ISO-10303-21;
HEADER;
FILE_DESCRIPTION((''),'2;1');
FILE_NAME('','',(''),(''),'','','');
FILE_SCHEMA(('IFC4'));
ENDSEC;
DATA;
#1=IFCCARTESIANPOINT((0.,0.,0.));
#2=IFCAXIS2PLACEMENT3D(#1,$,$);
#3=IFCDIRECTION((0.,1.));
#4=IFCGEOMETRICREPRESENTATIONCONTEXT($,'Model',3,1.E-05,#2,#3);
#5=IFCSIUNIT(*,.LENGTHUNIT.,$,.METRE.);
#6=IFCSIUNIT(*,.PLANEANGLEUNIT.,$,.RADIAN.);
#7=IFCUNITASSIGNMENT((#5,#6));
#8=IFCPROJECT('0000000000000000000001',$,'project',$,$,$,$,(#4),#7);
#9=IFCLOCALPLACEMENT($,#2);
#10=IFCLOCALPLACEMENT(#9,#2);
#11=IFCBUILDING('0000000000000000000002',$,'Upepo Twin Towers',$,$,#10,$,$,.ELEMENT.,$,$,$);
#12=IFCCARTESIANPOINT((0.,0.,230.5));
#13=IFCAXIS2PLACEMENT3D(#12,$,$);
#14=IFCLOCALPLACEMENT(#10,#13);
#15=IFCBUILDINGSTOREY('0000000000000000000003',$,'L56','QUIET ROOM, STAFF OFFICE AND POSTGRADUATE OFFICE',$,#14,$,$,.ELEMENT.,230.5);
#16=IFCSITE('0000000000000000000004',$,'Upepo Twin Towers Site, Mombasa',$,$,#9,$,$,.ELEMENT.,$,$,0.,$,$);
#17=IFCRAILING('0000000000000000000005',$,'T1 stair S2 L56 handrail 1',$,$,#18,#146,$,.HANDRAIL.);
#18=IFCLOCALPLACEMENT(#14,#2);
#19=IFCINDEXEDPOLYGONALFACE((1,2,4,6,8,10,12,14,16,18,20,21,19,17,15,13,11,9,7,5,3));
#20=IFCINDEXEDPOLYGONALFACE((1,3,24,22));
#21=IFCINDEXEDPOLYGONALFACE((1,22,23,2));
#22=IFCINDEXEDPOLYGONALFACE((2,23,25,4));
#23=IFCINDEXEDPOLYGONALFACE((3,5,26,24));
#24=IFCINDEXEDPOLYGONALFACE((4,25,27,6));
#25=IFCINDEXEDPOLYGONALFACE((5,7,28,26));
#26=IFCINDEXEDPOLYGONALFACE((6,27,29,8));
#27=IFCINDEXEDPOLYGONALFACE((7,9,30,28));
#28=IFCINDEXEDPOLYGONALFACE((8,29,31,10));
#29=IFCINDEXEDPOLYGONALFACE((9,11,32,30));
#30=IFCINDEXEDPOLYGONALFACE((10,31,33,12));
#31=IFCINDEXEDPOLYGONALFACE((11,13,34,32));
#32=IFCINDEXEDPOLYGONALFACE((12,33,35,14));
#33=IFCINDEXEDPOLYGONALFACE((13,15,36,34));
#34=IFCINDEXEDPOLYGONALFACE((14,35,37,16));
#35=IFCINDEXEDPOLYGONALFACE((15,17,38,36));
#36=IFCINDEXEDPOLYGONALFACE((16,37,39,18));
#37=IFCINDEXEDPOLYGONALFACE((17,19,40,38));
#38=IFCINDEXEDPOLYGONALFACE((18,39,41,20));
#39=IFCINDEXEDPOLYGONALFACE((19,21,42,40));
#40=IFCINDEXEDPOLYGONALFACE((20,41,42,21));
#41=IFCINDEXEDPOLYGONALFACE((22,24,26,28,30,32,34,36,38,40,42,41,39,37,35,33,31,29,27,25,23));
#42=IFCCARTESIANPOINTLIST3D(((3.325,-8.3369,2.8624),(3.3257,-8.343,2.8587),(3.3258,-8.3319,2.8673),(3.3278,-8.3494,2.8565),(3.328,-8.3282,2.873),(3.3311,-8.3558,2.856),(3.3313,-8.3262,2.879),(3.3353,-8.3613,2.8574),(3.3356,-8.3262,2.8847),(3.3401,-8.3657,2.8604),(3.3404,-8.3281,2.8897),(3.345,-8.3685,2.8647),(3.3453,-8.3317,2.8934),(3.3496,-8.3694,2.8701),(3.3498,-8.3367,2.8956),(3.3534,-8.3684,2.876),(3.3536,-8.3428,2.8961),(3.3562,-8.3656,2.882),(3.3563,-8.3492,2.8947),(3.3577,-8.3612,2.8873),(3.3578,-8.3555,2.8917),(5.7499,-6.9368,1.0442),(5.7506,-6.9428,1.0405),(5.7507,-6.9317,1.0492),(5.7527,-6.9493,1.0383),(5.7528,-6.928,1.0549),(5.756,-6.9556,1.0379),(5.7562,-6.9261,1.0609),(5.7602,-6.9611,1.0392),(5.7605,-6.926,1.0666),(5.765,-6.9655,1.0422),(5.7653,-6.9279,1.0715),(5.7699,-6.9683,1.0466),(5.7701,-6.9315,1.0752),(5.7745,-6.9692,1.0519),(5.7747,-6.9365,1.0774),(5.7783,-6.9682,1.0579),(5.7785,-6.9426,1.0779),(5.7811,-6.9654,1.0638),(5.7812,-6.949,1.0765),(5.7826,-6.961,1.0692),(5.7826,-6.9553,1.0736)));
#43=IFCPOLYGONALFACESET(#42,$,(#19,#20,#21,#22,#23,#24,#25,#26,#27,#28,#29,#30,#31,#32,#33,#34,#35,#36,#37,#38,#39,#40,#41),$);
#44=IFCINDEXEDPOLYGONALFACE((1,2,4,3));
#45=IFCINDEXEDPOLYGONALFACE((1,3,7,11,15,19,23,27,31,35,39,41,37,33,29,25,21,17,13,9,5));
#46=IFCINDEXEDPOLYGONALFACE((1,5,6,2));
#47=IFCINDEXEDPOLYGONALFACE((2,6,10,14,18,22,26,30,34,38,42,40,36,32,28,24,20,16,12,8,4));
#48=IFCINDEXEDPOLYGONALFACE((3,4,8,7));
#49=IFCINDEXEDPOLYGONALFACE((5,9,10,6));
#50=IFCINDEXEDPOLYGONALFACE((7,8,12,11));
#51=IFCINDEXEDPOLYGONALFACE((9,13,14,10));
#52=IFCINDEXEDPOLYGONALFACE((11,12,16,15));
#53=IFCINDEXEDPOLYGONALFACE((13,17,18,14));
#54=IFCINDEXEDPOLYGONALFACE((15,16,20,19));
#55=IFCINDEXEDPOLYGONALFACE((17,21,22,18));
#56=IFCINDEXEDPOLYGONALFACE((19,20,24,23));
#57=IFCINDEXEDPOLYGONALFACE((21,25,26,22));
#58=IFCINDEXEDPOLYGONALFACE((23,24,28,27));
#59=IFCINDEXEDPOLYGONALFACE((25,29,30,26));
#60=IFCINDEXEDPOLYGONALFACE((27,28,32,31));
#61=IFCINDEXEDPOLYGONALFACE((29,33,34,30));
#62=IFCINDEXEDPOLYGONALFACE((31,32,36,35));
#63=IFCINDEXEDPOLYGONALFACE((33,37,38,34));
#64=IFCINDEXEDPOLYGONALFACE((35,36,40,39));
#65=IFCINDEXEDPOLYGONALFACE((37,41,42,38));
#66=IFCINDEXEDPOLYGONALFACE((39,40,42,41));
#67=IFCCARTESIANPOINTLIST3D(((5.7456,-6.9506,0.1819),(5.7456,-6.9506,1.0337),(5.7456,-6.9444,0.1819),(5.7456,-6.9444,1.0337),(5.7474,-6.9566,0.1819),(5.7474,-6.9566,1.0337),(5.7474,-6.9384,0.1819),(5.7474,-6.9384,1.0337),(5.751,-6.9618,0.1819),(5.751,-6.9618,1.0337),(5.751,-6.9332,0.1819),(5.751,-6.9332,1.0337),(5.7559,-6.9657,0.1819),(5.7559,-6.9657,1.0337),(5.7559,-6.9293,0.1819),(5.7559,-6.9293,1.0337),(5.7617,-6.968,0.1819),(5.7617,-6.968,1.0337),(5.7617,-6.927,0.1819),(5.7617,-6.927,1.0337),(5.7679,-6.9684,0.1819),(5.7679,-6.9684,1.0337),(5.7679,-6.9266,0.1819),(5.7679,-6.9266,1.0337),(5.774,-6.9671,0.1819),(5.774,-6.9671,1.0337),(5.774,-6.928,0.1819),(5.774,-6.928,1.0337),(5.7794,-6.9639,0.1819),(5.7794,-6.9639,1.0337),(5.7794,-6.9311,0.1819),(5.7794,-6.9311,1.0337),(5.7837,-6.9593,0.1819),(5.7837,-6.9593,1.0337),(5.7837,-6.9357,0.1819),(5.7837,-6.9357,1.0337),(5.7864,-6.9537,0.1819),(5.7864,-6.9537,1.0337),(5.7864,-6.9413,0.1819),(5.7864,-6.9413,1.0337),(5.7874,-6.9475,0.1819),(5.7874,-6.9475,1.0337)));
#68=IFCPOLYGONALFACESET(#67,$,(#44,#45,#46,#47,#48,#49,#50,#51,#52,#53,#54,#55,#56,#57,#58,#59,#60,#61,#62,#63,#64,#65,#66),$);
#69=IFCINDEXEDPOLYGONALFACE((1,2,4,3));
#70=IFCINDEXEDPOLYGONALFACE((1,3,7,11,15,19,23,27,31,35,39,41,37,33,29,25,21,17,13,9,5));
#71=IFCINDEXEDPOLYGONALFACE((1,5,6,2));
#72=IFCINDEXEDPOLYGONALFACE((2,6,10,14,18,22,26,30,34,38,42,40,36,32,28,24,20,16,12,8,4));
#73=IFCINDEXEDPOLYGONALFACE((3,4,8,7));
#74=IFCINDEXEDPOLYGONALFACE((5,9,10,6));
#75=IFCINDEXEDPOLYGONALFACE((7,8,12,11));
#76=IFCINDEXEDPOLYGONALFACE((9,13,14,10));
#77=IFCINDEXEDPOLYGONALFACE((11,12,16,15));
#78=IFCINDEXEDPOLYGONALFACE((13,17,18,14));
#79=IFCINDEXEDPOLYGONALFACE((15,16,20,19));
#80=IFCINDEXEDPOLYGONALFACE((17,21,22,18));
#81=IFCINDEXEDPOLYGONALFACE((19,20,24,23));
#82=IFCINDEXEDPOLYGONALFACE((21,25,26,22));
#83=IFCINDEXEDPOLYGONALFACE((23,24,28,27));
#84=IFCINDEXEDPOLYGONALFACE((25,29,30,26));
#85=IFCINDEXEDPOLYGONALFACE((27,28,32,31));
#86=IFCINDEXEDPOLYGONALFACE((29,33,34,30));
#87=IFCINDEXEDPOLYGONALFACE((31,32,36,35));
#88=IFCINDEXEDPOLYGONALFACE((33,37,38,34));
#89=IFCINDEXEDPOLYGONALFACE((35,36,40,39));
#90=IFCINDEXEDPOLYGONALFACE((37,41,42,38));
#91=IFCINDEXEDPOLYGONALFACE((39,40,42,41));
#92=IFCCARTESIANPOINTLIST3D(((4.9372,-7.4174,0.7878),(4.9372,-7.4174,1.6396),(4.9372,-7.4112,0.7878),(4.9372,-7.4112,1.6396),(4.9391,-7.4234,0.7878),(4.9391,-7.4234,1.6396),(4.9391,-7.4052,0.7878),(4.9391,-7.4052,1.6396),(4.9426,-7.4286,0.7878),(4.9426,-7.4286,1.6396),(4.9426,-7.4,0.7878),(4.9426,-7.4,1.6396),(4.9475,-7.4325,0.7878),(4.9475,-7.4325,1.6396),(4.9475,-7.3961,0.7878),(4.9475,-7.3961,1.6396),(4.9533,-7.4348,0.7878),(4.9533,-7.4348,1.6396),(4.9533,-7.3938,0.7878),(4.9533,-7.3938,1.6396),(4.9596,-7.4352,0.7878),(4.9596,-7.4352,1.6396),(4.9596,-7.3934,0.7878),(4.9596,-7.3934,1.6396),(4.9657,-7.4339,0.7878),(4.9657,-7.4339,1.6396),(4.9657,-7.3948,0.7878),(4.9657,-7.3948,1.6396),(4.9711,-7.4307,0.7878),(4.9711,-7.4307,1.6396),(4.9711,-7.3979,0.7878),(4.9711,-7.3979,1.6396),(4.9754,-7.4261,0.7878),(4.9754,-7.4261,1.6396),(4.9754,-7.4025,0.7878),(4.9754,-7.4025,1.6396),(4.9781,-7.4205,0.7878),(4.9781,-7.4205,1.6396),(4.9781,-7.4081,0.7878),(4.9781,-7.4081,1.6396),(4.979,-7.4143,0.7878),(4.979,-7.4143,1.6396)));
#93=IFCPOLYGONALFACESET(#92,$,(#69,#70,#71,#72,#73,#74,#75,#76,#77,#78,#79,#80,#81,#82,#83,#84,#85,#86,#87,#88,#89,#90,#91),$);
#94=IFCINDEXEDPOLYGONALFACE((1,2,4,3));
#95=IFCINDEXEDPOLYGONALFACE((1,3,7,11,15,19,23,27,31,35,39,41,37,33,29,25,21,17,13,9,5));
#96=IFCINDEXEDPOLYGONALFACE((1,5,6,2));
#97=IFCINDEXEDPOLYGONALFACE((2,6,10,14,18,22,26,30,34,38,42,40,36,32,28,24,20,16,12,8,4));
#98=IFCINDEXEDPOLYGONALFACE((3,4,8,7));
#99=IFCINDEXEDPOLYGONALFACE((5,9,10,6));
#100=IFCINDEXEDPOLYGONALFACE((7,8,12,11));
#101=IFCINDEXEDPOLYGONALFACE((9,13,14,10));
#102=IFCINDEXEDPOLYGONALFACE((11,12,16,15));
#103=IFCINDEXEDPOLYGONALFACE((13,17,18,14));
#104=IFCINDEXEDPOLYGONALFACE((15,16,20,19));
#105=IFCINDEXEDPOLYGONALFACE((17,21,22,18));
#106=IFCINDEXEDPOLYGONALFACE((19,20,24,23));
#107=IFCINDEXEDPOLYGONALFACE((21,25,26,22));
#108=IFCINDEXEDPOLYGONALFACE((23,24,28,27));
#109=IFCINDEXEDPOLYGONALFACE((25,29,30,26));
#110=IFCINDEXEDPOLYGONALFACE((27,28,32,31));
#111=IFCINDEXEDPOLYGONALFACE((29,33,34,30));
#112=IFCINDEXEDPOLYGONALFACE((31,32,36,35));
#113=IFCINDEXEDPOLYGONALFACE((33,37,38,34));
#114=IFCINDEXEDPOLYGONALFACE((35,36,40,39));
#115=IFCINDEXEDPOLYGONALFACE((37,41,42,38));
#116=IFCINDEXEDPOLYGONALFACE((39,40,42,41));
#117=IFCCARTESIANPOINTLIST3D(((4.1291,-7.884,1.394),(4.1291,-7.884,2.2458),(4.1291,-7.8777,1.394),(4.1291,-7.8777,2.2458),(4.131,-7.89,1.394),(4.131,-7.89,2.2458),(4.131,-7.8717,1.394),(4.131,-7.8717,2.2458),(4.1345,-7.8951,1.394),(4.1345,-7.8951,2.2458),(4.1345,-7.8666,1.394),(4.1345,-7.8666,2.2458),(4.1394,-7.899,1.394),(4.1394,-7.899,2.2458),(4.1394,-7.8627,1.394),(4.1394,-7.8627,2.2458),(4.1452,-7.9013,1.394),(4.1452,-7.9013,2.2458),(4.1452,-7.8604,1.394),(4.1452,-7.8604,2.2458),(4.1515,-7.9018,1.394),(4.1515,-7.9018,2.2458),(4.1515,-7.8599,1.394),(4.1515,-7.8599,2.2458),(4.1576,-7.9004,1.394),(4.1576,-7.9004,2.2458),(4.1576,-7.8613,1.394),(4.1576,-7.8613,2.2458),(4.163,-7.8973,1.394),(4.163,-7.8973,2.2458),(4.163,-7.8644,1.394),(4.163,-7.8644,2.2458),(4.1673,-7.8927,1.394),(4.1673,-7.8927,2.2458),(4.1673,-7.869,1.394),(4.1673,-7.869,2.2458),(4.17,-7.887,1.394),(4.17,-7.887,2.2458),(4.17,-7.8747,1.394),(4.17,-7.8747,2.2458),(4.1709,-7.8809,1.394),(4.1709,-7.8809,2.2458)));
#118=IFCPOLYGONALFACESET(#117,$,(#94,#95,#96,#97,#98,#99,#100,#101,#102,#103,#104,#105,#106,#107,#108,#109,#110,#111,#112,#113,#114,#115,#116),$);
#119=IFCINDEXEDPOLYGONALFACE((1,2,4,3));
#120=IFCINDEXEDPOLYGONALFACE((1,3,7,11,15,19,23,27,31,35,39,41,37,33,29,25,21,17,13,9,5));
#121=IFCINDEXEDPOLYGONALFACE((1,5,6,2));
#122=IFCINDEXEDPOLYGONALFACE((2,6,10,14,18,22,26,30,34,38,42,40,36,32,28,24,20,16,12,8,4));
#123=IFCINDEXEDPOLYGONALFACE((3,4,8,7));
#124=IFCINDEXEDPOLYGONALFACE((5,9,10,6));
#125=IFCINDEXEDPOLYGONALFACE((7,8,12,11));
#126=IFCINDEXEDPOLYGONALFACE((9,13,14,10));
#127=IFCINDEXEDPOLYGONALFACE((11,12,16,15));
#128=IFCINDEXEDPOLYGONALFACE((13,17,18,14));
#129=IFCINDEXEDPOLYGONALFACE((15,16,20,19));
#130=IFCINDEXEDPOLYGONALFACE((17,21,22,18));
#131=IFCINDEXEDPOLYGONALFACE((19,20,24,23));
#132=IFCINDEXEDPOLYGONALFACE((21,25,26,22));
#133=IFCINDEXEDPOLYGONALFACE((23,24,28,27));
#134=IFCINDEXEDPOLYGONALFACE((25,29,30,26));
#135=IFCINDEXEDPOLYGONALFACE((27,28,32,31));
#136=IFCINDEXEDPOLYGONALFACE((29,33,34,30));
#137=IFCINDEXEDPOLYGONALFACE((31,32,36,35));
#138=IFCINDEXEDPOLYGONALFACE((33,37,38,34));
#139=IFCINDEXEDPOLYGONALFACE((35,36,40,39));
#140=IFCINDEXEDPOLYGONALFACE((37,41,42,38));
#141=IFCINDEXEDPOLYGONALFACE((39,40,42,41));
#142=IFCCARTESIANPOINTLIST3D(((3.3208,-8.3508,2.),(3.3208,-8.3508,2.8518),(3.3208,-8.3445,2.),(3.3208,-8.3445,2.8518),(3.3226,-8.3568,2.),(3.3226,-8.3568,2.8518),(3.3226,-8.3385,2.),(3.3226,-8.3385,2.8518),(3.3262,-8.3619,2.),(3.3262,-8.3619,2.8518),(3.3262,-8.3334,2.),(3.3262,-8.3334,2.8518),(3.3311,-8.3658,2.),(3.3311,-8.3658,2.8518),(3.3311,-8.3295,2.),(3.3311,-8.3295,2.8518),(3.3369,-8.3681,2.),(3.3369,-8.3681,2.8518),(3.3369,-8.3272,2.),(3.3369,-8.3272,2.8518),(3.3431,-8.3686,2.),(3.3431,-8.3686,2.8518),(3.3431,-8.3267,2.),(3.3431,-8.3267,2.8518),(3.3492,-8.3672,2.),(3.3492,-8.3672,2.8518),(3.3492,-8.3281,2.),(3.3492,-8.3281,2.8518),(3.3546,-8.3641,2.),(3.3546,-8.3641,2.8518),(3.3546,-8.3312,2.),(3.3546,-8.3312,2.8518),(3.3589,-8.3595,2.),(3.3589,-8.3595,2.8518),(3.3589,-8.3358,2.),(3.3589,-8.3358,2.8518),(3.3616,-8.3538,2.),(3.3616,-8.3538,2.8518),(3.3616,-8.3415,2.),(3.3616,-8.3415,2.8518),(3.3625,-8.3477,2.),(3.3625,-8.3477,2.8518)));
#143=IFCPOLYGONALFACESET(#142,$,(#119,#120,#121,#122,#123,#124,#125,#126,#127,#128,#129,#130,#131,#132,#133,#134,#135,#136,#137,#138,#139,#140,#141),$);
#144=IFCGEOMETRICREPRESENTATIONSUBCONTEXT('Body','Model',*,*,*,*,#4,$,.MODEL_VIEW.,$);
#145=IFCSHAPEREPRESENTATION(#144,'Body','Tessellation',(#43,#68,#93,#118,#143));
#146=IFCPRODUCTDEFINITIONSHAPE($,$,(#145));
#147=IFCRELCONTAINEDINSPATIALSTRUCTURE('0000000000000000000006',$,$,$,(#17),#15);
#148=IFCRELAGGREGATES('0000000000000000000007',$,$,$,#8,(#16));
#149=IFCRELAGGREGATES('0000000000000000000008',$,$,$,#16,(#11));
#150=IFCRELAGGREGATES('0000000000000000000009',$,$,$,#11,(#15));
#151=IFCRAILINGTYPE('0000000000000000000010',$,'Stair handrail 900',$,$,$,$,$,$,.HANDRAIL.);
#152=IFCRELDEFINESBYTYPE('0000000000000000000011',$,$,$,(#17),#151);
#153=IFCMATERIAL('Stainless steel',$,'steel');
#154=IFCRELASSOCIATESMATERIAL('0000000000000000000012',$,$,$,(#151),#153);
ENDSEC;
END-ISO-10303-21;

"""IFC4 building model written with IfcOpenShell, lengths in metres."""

from ifc_helpers import new_model, si_unit, direction, frame, origin, origin_2d, place, context, subcontext, project, spatial, circle, extrude, material, type_object, element, save


model = new_model("IFC4")

# Units and contexts
model_context = context("Model", 3, precision=1e-05, world=origin(), true_north=direction((0.0, 1.0)))
body_context = subcontext(model_context, "Body", "Model", "MODEL_VIEW")
ifc_project = project(units=[si_unit("LENGTHUNIT", "METRE"), si_unit("PLANEANGLEUNIT", "RADIAN")], contexts=[model_context])

# Site, building, storey
site_placement = place(None, origin())
site = spatial("IfcSite", under=ifc_project, at=site_placement, Name="Upepo Twin Towers Site, Mombasa", CompositionType="ELEMENT", RefElevation=0.0)
building_placement = place(site_placement, origin())
building = spatial("IfcBuilding", under=site, at=building_placement, Name="Upepo Twin Towers", CompositionType="ELEMENT")
storey_placement = place(building_placement, frame((0.0, 0.0, 230.5)))
storey = spatial("IfcBuildingStorey", under=building, at=storey_placement, Name="L56", Description="QUIET ROOM, STAFF OFFICE AND POSTGRADUATE OFFICE", CompositionType="ELEMENT", Elevation=230.5)

# Railing
ifc_material_1 = material(Name="Stainless steel", Category="steel")
railing_type = type_object("IfcRailingType", Name="Stair handrail 900", PredefinedType="HANDRAIL", material=ifc_material_1)
railing_1_placement = place(storey_placement, frame((5.7664, -6.9475, 0.1819)))
element("IfcRailing", 1, at=railing_1_placement, inside=storey, type_object=railing_type, Name="T1 stair S2 L56 handrail 1", PredefinedType="HANDRAIL", context=body_context, shape_type="SweptSolid", body=[
    extrude(circle(Radius=0.0239, at=origin_2d()), frame((0.0, 0.0, 0.876), z_axis=(-0.726314, -0.419393, 0.544589), x_axis=(0.50005, -0.865997, 0.0)), (0.0, 0.0, 1.0), 3.3386),
    extrude(circle(Radius=0.021, at=origin_2d()), origin(), (0.0, 0.0, 1.0), 0.8518),
    extrude(circle(Radius=0.021, at=origin_2d()), frame((-0.8083, -0.4668, 0.606)), (0.0, 0.0, 1.0), 0.8518),
    extrude(circle(Radius=0.021, at=origin_2d()), frame((-1.6165, -0.9333, 1.2122)), (0.0, 0.0, 1.0), 0.8518),
    extrude(circle(Radius=0.021, at=origin_2d()), frame((-2.4248, -1.4001, 1.8181)), (0.0, 0.0, 1.0), 0.8518),
])

save(model, "model.ifc")
